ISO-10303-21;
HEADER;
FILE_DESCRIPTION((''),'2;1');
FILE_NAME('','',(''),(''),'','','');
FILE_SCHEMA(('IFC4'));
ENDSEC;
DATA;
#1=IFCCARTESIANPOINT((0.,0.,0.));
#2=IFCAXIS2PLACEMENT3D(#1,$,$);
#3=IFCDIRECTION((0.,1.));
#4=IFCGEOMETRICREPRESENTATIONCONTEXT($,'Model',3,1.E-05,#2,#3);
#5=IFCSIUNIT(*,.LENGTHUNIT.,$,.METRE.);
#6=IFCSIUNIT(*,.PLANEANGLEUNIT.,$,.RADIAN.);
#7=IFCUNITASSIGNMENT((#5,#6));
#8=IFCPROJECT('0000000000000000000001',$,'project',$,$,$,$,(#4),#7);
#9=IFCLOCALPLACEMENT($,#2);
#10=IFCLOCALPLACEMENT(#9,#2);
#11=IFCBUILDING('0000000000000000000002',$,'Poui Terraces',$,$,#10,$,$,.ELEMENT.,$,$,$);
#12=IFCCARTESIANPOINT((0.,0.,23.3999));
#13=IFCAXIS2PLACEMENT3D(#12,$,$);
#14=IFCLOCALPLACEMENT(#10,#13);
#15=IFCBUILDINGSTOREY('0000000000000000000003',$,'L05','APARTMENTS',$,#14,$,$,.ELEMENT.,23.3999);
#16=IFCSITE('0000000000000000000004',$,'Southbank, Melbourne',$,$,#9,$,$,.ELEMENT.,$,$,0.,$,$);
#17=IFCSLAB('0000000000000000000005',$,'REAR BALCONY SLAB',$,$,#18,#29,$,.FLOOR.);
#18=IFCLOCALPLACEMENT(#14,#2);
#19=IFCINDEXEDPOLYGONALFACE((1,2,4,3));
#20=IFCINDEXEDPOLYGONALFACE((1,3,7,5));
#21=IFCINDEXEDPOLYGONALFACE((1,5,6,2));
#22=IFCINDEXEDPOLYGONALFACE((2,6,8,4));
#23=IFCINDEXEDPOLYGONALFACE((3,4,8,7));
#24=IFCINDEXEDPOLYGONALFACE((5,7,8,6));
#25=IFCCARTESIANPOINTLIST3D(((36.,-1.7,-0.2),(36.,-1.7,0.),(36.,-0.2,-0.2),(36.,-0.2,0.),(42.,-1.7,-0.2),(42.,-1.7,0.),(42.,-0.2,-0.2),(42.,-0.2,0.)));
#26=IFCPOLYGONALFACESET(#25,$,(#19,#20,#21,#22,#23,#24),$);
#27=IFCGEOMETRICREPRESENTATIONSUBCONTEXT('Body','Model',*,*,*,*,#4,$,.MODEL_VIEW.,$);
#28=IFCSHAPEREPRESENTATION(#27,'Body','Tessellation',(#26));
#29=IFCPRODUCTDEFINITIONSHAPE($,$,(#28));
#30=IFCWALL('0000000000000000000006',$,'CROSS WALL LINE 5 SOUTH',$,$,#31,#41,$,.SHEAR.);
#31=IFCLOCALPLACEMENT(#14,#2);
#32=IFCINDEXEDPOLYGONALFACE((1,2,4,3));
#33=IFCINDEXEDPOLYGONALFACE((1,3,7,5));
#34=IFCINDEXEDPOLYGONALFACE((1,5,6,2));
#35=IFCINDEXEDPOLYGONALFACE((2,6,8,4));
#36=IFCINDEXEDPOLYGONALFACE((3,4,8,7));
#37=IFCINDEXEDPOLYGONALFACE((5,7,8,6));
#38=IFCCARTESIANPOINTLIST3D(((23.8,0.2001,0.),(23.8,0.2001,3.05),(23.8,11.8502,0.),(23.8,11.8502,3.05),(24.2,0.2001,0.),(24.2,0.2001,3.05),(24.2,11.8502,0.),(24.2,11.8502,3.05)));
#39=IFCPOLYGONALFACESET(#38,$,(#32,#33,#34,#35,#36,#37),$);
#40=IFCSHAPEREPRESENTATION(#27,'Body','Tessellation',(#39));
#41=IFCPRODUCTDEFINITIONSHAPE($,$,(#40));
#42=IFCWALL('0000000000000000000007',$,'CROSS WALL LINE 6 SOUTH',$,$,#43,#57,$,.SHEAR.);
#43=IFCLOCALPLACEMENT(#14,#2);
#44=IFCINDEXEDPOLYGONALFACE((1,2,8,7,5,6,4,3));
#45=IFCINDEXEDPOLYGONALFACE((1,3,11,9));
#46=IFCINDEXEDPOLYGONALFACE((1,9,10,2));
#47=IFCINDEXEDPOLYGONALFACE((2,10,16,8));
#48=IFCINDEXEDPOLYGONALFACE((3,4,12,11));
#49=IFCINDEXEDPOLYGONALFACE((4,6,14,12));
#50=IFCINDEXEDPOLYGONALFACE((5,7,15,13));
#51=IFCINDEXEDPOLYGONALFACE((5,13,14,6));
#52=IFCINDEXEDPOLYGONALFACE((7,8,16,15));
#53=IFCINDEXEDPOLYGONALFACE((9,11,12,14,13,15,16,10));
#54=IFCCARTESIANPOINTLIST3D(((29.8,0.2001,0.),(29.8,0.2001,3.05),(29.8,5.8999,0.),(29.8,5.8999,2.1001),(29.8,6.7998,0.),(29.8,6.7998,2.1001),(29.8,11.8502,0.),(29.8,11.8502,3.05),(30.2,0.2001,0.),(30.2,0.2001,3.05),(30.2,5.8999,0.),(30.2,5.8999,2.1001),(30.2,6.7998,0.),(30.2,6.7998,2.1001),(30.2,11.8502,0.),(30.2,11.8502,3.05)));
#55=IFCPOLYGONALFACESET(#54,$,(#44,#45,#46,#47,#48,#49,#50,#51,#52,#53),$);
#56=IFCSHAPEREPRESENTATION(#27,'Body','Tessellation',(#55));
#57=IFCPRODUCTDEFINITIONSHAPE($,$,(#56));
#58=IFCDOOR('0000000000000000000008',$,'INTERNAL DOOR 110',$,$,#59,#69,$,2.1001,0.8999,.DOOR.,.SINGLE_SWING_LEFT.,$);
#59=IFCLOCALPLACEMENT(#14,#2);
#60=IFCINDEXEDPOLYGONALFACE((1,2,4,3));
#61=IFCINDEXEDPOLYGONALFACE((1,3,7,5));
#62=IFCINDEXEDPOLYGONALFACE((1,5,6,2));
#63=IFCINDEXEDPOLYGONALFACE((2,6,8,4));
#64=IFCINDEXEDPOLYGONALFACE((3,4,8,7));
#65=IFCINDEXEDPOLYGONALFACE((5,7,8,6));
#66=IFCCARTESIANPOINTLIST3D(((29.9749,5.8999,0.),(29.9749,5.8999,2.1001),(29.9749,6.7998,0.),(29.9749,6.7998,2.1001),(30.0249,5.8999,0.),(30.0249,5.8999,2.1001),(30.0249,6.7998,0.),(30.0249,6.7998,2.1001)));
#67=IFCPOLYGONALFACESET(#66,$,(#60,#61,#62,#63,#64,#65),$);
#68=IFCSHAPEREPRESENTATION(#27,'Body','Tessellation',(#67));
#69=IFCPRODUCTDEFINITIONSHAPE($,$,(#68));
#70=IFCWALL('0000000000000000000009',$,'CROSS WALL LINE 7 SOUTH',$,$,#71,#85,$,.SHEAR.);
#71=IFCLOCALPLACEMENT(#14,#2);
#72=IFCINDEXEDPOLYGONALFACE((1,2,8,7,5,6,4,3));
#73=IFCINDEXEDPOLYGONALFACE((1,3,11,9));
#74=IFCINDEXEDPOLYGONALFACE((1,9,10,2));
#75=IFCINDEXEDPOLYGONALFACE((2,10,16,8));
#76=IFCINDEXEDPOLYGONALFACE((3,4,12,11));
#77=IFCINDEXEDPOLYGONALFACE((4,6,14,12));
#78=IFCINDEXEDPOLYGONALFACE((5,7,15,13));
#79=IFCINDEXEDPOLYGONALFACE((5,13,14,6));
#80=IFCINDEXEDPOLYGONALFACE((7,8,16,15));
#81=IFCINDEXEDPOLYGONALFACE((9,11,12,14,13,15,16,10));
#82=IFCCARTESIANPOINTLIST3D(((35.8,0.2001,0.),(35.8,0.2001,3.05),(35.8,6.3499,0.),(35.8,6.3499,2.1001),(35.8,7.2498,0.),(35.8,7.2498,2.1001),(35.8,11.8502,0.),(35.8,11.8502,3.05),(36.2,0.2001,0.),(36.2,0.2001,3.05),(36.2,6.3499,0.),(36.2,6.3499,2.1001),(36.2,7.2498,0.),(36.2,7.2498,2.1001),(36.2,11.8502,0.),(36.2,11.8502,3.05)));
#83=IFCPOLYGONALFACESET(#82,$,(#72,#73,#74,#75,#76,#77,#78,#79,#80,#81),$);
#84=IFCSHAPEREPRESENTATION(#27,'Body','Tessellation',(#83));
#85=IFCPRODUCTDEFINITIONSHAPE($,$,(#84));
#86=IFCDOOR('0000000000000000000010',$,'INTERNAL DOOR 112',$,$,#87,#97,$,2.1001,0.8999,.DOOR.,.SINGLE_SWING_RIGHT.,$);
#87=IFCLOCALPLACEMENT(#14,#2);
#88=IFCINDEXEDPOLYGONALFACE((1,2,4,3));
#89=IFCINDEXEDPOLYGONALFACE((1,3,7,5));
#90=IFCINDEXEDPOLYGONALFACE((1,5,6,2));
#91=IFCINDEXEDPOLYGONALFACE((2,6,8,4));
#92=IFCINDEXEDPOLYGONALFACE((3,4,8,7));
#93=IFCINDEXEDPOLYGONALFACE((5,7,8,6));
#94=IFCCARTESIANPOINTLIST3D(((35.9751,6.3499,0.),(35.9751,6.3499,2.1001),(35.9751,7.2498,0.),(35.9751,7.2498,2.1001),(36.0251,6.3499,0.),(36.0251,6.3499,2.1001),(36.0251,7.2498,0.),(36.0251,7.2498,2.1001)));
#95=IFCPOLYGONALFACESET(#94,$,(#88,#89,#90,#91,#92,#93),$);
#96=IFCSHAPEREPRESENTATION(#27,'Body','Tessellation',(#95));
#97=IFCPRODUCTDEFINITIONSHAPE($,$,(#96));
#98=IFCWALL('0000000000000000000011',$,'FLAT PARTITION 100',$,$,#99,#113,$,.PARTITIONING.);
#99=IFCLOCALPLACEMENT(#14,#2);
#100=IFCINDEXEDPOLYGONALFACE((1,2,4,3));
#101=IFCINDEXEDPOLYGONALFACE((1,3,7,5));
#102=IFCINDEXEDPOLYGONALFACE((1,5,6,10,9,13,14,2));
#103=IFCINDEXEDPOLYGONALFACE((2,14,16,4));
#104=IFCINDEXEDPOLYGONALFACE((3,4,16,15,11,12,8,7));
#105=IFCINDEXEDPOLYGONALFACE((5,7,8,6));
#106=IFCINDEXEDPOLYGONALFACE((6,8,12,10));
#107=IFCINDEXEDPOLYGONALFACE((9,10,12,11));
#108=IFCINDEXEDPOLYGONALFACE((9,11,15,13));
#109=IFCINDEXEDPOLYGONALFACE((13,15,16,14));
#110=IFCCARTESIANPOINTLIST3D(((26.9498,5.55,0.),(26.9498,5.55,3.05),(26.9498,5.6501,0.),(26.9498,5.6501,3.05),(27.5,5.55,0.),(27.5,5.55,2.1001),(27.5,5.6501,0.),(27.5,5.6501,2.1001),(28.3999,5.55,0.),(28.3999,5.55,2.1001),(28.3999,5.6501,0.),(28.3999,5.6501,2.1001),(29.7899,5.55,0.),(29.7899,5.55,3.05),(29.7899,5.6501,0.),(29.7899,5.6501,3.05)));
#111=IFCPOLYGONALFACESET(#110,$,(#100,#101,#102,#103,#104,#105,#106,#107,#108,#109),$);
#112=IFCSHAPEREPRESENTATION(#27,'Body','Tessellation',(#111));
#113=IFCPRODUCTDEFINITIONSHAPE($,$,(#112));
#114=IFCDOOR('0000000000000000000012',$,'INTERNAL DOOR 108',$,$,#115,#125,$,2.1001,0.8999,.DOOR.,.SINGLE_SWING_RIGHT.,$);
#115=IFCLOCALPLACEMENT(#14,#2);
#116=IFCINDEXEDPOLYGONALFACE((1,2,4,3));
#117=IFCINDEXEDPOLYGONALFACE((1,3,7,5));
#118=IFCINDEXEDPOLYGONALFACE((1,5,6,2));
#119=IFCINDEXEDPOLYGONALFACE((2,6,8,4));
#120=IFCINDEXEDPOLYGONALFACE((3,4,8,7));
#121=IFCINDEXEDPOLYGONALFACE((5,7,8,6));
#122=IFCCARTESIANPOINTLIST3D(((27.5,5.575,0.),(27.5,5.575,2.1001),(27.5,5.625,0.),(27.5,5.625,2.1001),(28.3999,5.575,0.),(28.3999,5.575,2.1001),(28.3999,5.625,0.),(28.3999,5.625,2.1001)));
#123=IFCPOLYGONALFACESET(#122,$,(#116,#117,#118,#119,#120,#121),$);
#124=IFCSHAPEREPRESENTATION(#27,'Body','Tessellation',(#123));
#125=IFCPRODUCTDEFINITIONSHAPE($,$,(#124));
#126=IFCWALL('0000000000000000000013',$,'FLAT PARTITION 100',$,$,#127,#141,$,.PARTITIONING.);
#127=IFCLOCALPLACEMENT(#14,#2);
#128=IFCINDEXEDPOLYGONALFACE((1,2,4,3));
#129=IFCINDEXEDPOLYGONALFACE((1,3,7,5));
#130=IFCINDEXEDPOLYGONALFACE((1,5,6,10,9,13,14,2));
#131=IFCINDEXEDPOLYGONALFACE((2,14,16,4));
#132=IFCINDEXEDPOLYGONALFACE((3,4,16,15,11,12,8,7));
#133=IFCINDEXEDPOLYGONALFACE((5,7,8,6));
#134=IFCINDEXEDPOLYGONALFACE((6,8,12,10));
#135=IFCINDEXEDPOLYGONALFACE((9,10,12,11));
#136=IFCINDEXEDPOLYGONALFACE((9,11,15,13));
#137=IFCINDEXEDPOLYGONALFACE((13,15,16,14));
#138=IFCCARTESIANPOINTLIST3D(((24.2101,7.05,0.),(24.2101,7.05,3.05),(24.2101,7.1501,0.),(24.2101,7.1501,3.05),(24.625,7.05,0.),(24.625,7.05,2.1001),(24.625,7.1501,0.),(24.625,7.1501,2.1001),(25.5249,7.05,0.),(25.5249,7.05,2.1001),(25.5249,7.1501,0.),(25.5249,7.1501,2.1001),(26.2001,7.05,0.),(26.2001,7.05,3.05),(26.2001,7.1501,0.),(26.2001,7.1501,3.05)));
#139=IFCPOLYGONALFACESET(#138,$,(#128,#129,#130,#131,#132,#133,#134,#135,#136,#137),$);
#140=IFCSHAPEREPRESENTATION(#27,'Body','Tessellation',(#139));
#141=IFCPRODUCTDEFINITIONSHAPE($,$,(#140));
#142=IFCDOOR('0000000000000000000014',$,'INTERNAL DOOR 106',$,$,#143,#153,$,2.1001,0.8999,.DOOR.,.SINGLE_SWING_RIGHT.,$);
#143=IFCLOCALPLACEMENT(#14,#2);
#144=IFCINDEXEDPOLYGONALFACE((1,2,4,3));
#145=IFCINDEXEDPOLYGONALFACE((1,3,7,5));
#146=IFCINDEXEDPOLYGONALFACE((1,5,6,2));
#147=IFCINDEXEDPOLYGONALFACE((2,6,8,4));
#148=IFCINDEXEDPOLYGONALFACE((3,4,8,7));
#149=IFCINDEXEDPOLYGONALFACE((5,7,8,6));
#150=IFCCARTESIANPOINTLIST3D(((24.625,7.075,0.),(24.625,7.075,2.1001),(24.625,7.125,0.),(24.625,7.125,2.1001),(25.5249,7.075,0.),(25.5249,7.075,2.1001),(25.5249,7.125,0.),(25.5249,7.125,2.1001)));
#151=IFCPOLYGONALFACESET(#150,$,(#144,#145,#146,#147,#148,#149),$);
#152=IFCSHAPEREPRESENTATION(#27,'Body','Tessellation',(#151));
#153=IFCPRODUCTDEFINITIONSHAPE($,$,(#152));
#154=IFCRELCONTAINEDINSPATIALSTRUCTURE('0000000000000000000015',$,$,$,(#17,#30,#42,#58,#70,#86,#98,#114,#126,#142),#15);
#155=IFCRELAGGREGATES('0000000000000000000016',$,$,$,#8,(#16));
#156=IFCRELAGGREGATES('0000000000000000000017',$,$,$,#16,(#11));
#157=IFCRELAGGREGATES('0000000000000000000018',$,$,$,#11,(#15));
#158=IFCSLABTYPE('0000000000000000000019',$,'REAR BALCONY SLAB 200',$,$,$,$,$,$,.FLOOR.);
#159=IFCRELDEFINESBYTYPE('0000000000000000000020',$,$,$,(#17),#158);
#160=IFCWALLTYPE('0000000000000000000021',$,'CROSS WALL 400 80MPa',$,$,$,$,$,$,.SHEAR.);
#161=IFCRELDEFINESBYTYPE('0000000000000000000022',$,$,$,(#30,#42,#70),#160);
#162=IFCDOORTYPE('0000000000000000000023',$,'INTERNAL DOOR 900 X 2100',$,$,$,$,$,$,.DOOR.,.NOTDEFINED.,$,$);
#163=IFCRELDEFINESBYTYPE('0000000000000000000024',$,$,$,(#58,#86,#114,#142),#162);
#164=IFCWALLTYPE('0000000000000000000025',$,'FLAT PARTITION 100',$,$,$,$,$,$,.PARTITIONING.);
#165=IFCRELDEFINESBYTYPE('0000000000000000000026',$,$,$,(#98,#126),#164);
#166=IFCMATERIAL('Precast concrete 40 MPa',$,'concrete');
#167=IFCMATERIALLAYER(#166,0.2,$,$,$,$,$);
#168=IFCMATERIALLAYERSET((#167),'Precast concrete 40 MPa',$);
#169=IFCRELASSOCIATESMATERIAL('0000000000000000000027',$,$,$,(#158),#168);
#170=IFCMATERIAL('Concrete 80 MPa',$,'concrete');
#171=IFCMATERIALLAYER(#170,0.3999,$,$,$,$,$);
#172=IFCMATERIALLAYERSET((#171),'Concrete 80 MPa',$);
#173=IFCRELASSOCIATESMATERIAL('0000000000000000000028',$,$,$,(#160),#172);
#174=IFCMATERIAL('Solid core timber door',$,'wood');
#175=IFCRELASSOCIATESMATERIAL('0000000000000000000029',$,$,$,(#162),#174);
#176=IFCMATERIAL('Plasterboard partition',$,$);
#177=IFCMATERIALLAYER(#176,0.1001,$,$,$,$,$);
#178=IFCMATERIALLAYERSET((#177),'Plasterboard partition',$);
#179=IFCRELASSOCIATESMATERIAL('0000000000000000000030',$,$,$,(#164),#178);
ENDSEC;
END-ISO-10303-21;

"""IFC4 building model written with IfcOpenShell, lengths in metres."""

from ifc_helpers import new_model, si_unit, direction, frame, frame_2d, origin, place, context, subcontext, project, spatial, polyline, rectangle, outline, extrude, source, transform, mapped, material, layer, layer_set, type_object, element, fill, save


model = new_model("IFC4")

# Units and contexts
model_context = context("Model", 3, precision=1e-05, world=origin(), true_north=direction((0.0, 1.0)))
body_context = subcontext(model_context, "Body", "Model", "MODEL_VIEW")
ifc_project = project(units=[si_unit("LENGTHUNIT", "METRE"), si_unit("PLANEANGLEUNIT", "RADIAN")], contexts=[model_context])

# Site, building, storey
site_placement = place(None, origin())
site = spatial("IfcSite", under=ifc_project, at=site_placement, Name="Southbank, Melbourne", CompositionType="ELEMENT", RefElevation=0.0)
building_placement = place(site_placement, origin())
building = spatial("IfcBuilding", under=site, at=building_placement, Name="Poui Terraces", CompositionType="ELEMENT")
storey_placement = place(building_placement, frame((0.0, 0.0, 23.3999)))
storey = spatial("IfcBuildingStorey", under=building, at=storey_placement, Name="L05", Description="APARTMENTS", CompositionType="ELEMENT", Elevation=23.3999)

# Slab
ifc_material_1 = material(Name="Precast concrete 40 MPa", Category="concrete")
ifc_layer_1 = layer(ifc_material_1, 0.2)
ifc_layer_set_1 = layer_set([ifc_layer_1], Name="Precast concrete 40 MPa")
slab_type = type_object("IfcSlabType", Name="REAR BALCONY SLAB 200", PredefinedType="FLOOR", material=ifc_layer_set_1)
shared_shape_1 = source(origin(), body_context, "Body", "SweptSolid", [
    extrude(outline(polyline([(0.0, 0.0), (6.0, 0.0), (6.0, 1.5), (0.0, 1.5), (0.0, 0.0)])), origin(), (0.0, 0.0, 1.0), 0.2),
])
slab_placement = place(storey_placement, frame((36.0, -1.7, -0.2)))
element("IfcSlab", 1, at=slab_placement, inside=storey, type_object=slab_type, Name="REAR BALCONY SLAB", PredefinedType="FLOOR", context=body_context, shape_type="MappedRepresentation", body=[
    mapped(shared_shape_1, transform((0.0, 0.0, 0.0))),
])

# Wall
ifc_material_2 = material(Name="Concrete 80 MPa", Category="concrete")
ifc_layer_2 = layer(ifc_material_2, 0.3999)
ifc_layer_set_2 = layer_set([ifc_layer_2], Name="Concrete 80 MPa")
wall_type_1 = type_object("IfcWallType", Name="CROSS WALL 400 80MPa", PredefinedType="SHEAR", material=ifc_layer_set_2)
wall_1_placement = place(storey_placement, frame((24.0, 0.2, 0.0), z_axis=(0.0, 0.0, 1.0), x_axis=(0.0, 1.0, 0.0)))
element("IfcWall", 2, at=wall_1_placement, inside=storey, type_object=wall_type_1, Name="CROSS WALL LINE 5 SOUTH", PredefinedType="SHEAR", context=body_context, shape_type="SweptSolid", body=[
    extrude(rectangle(XDim=11.6501, YDim=0.3999, at=frame_2d((5.8252, 0.0))), origin(), (0.0, 0.0, 1.0), 3.05),
])

# Walls, openings, doors
wall_2_placement = place(storey_placement, frame((30.0, 0.2, 0.0), z_axis=(0.0, 0.0, 1.0), x_axis=(0.0, 1.0, 0.0)))
wall_2 = element("IfcWall", 3, at=wall_2_placement, inside=storey, type_object=wall_type_1, Name="CROSS WALL LINE 6 SOUTH", PredefinedType="SHEAR", context=body_context, shape_type="SweptSolid", body=[
    extrude(rectangle(XDim=11.6501, YDim=0.3999, at=frame_2d((5.8252, 0.0))), origin(), (0.0, 0.0, 1.0), 3.05),
])
opening_1_placement = place(wall_2_placement, frame((5.7, 0.0, 0.0)))
opening_1 = element("IfcOpeningElement", 4, at=opening_1_placement, cuts=wall_2, PredefinedType="OPENING", context=body_context, shape_type="SweptSolid", body=[
    extrude(rectangle(XDim=0.8999, YDim=2.1001, at=frame_2d((0.45, 1.05))), frame((0.0, 0.21, 0.0), z_axis=(0.0, -1.0, 0.0), x_axis=(1.0, 0.0, 0.0)), (0.0, 0.0, 1.0), 0.4199),
])
ifc_material_3 = material(Name="Solid core timber door", Category="wood")
door_type_1 = type_object("IfcDoorType", Name="INTERNAL DOOR 900 X 2100", OperationType="NOTDEFINED", PredefinedType="DOOR", material=ifc_material_3)
door_1_placement = place(opening_1_placement, frame((0.8999, 0.0, 0.0), z_axis=(0.0, 0.0, 1.0), x_axis=(-1.0, 0.0, 0.0)))
door_1 = element("IfcDoor", 5, at=door_1_placement, inside=storey, type_object=door_type_1, Name="INTERNAL DOOR 110", OperationType="SINGLE_SWING_LEFT", OverallHeight=2.1001, OverallWidth=0.8999, PredefinedType="DOOR", context=body_context, shape_type="SweptSolid", body=[
    extrude(rectangle(XDim=0.8999, YDim=2.1001, at=frame_2d((0.45, 1.05))), frame((0.0, 0.0249, 0.0), z_axis=(0.0, -1.0, 0.0), x_axis=(1.0, 0.0, 0.0)), (0.0, 0.0, 1.0), 0.05),
])
fill(opening_1, door_1)
wall_3_placement = place(storey_placement, frame((36.0, 0.2, 0.0), z_axis=(0.0, 0.0, 1.0), x_axis=(0.0, 1.0, 0.0)))
wall_3 = element("IfcWall", 6, at=wall_3_placement, inside=storey, type_object=wall_type_1, Name="CROSS WALL LINE 7 SOUTH", PredefinedType="SHEAR", context=body_context, shape_type="SweptSolid", body=[
    extrude(rectangle(XDim=11.6501, YDim=0.3999, at=frame_2d((5.8252, 0.0))), origin(), (0.0, 0.0, 1.0), 3.05),
])
opening_2_placement = place(wall_3_placement, frame((6.1499, 0.0, 0.0)))
opening_2 = element("IfcOpeningElement", 7, at=opening_2_placement, cuts=wall_3, PredefinedType="OPENING", context=body_context, shape_type="SweptSolid", body=[
    extrude(rectangle(XDim=0.8999, YDim=2.1001, at=frame_2d((0.45, 1.05))), frame((0.0, 0.21, 0.0), z_axis=(0.0, -1.0, 0.0), x_axis=(1.0, 0.0, 0.0)), (0.0, 0.0, 1.0), 0.4199),
])
door_2_placement = place(opening_2_placement, origin())
door_2 = element("IfcDoor", 8, at=door_2_placement, inside=storey, type_object=door_type_1, Name="INTERNAL DOOR 112", OperationType="SINGLE_SWING_RIGHT", OverallHeight=2.1001, OverallWidth=0.8999, PredefinedType="DOOR", context=body_context, shape_type="SweptSolid", body=[
    extrude(rectangle(XDim=0.8999, YDim=2.1001, at=frame_2d((0.45, 1.05))), frame((0.0, 0.0249, 0.0), z_axis=(0.0, -1.0, 0.0), x_axis=(1.0, 0.0, 0.0)), (0.0, 0.0, 1.0), 0.05),
])
fill(opening_2, door_2)
ifc_material_4 = material(Name="Plasterboard partition")
ifc_layer_3 = layer(ifc_material_4, 0.1001)
ifc_layer_set_3 = layer_set([ifc_layer_3], Name="Plasterboard partition")
wall_type_2 = type_object("IfcWallType", Name="FLAT PARTITION 100", PredefinedType="PARTITIONING", material=ifc_layer_set_3)
wall_4_placement = place(storey_placement, frame((26.95, 5.6001, 0.0), z_axis=(0.0, 0.0, 1.0), x_axis=(1.0, 0.0, 0.0)))
wall_4 = element("IfcWall", 9, at=wall_4_placement, inside=storey, type_object=wall_type_2, Name="FLAT PARTITION 100", PredefinedType="PARTITIONING", context=body_context, shape_type="SweptSolid", body=[
    extrude(rectangle(XDim=2.8401, YDim=0.1001, at=frame_2d((1.4199, 0.0))), origin(), (0.0, 0.0, 1.0), 3.05),
])
opening_3_placement = place(wall_4_placement, frame((0.55, 0.0, 0.0)))
opening_3 = element("IfcOpeningElement", 10, at=opening_3_placement, cuts=wall_4, PredefinedType="OPENING", context=body_context, shape_type="SweptSolid", body=[
    extrude(rectangle(XDim=0.8999, YDim=2.1001, at=frame_2d((0.45, 1.05))), frame((0.0, 0.0601, 0.0), z_axis=(0.0, -1.0, 0.0), x_axis=(1.0, 0.0, 0.0)), (0.0, 0.0, 1.0), 0.1201),
])
door_3_placement = place(opening_3_placement, origin())
door_3 = element("IfcDoor", 11, at=door_3_placement, inside=storey, type_object=door_type_1, Name="INTERNAL DOOR 108", OperationType="SINGLE_SWING_RIGHT", OverallHeight=2.1001, OverallWidth=0.8999, PredefinedType="DOOR", context=body_context, shape_type="SweptSolid", body=[
    extrude(rectangle(XDim=0.8999, YDim=2.1001, at=frame_2d((0.45, 1.05))), frame((0.0, 0.0249, 0.0), z_axis=(0.0, -1.0, 0.0), x_axis=(1.0, 0.0, 0.0)), (0.0, 0.0, 1.0), 0.05),
])
fill(opening_3, door_3)
wall_5_placement = place(storey_placement, frame((24.21, 7.1001, 0.0), z_axis=(0.0, 0.0, 1.0), x_axis=(1.0, 0.0, 0.0)))
wall_5 = element("IfcWall", 12, at=wall_5_placement, inside=storey, type_object=wall_type_2, Name="FLAT PARTITION 100", PredefinedType="PARTITIONING", context=body_context, shape_type="SweptSolid", body=[
    extrude(rectangle(XDim=1.99, YDim=0.1001, at=frame_2d((0.9951, 0.0))), origin(), (0.0, 0.0, 1.0), 3.05),
])
opening_4_placement = place(wall_5_placement, frame((0.415, 0.0, 0.0)))
opening_4 = element("IfcOpeningElement", 13, at=opening_4_placement, cuts=wall_5, PredefinedType="OPENING", context=body_context, shape_type="SweptSolid", body=[
    extrude(rectangle(XDim=0.8999, YDim=2.1001, at=frame_2d((0.45, 1.05))), frame((0.0, 0.0601, 0.0), z_axis=(0.0, -1.0, 0.0), x_axis=(1.0, 0.0, 0.0)), (0.0, 0.0, 1.0), 0.1201),
])
door_4_placement = place(opening_4_placement, origin())
door_4 = element("IfcDoor", 14, at=door_4_placement, inside=storey, type_object=door_type_1, Name="INTERNAL DOOR 106", OperationType="SINGLE_SWING_RIGHT", OverallHeight=2.1001, OverallWidth=0.8999, PredefinedType="DOOR", context=body_context, shape_type="SweptSolid", body=[
    extrude(rectangle(XDim=0.8999, YDim=2.1001, at=frame_2d((0.45, 1.05))), frame((0.0, 0.0249, 0.0), z_axis=(0.0, -1.0, 0.0), x_axis=(1.0, 0.0, 0.0)), (0.0, 0.0, 1.0), 0.05),
])
fill(opening_4, door_4)

save(model, "model.ifc")
